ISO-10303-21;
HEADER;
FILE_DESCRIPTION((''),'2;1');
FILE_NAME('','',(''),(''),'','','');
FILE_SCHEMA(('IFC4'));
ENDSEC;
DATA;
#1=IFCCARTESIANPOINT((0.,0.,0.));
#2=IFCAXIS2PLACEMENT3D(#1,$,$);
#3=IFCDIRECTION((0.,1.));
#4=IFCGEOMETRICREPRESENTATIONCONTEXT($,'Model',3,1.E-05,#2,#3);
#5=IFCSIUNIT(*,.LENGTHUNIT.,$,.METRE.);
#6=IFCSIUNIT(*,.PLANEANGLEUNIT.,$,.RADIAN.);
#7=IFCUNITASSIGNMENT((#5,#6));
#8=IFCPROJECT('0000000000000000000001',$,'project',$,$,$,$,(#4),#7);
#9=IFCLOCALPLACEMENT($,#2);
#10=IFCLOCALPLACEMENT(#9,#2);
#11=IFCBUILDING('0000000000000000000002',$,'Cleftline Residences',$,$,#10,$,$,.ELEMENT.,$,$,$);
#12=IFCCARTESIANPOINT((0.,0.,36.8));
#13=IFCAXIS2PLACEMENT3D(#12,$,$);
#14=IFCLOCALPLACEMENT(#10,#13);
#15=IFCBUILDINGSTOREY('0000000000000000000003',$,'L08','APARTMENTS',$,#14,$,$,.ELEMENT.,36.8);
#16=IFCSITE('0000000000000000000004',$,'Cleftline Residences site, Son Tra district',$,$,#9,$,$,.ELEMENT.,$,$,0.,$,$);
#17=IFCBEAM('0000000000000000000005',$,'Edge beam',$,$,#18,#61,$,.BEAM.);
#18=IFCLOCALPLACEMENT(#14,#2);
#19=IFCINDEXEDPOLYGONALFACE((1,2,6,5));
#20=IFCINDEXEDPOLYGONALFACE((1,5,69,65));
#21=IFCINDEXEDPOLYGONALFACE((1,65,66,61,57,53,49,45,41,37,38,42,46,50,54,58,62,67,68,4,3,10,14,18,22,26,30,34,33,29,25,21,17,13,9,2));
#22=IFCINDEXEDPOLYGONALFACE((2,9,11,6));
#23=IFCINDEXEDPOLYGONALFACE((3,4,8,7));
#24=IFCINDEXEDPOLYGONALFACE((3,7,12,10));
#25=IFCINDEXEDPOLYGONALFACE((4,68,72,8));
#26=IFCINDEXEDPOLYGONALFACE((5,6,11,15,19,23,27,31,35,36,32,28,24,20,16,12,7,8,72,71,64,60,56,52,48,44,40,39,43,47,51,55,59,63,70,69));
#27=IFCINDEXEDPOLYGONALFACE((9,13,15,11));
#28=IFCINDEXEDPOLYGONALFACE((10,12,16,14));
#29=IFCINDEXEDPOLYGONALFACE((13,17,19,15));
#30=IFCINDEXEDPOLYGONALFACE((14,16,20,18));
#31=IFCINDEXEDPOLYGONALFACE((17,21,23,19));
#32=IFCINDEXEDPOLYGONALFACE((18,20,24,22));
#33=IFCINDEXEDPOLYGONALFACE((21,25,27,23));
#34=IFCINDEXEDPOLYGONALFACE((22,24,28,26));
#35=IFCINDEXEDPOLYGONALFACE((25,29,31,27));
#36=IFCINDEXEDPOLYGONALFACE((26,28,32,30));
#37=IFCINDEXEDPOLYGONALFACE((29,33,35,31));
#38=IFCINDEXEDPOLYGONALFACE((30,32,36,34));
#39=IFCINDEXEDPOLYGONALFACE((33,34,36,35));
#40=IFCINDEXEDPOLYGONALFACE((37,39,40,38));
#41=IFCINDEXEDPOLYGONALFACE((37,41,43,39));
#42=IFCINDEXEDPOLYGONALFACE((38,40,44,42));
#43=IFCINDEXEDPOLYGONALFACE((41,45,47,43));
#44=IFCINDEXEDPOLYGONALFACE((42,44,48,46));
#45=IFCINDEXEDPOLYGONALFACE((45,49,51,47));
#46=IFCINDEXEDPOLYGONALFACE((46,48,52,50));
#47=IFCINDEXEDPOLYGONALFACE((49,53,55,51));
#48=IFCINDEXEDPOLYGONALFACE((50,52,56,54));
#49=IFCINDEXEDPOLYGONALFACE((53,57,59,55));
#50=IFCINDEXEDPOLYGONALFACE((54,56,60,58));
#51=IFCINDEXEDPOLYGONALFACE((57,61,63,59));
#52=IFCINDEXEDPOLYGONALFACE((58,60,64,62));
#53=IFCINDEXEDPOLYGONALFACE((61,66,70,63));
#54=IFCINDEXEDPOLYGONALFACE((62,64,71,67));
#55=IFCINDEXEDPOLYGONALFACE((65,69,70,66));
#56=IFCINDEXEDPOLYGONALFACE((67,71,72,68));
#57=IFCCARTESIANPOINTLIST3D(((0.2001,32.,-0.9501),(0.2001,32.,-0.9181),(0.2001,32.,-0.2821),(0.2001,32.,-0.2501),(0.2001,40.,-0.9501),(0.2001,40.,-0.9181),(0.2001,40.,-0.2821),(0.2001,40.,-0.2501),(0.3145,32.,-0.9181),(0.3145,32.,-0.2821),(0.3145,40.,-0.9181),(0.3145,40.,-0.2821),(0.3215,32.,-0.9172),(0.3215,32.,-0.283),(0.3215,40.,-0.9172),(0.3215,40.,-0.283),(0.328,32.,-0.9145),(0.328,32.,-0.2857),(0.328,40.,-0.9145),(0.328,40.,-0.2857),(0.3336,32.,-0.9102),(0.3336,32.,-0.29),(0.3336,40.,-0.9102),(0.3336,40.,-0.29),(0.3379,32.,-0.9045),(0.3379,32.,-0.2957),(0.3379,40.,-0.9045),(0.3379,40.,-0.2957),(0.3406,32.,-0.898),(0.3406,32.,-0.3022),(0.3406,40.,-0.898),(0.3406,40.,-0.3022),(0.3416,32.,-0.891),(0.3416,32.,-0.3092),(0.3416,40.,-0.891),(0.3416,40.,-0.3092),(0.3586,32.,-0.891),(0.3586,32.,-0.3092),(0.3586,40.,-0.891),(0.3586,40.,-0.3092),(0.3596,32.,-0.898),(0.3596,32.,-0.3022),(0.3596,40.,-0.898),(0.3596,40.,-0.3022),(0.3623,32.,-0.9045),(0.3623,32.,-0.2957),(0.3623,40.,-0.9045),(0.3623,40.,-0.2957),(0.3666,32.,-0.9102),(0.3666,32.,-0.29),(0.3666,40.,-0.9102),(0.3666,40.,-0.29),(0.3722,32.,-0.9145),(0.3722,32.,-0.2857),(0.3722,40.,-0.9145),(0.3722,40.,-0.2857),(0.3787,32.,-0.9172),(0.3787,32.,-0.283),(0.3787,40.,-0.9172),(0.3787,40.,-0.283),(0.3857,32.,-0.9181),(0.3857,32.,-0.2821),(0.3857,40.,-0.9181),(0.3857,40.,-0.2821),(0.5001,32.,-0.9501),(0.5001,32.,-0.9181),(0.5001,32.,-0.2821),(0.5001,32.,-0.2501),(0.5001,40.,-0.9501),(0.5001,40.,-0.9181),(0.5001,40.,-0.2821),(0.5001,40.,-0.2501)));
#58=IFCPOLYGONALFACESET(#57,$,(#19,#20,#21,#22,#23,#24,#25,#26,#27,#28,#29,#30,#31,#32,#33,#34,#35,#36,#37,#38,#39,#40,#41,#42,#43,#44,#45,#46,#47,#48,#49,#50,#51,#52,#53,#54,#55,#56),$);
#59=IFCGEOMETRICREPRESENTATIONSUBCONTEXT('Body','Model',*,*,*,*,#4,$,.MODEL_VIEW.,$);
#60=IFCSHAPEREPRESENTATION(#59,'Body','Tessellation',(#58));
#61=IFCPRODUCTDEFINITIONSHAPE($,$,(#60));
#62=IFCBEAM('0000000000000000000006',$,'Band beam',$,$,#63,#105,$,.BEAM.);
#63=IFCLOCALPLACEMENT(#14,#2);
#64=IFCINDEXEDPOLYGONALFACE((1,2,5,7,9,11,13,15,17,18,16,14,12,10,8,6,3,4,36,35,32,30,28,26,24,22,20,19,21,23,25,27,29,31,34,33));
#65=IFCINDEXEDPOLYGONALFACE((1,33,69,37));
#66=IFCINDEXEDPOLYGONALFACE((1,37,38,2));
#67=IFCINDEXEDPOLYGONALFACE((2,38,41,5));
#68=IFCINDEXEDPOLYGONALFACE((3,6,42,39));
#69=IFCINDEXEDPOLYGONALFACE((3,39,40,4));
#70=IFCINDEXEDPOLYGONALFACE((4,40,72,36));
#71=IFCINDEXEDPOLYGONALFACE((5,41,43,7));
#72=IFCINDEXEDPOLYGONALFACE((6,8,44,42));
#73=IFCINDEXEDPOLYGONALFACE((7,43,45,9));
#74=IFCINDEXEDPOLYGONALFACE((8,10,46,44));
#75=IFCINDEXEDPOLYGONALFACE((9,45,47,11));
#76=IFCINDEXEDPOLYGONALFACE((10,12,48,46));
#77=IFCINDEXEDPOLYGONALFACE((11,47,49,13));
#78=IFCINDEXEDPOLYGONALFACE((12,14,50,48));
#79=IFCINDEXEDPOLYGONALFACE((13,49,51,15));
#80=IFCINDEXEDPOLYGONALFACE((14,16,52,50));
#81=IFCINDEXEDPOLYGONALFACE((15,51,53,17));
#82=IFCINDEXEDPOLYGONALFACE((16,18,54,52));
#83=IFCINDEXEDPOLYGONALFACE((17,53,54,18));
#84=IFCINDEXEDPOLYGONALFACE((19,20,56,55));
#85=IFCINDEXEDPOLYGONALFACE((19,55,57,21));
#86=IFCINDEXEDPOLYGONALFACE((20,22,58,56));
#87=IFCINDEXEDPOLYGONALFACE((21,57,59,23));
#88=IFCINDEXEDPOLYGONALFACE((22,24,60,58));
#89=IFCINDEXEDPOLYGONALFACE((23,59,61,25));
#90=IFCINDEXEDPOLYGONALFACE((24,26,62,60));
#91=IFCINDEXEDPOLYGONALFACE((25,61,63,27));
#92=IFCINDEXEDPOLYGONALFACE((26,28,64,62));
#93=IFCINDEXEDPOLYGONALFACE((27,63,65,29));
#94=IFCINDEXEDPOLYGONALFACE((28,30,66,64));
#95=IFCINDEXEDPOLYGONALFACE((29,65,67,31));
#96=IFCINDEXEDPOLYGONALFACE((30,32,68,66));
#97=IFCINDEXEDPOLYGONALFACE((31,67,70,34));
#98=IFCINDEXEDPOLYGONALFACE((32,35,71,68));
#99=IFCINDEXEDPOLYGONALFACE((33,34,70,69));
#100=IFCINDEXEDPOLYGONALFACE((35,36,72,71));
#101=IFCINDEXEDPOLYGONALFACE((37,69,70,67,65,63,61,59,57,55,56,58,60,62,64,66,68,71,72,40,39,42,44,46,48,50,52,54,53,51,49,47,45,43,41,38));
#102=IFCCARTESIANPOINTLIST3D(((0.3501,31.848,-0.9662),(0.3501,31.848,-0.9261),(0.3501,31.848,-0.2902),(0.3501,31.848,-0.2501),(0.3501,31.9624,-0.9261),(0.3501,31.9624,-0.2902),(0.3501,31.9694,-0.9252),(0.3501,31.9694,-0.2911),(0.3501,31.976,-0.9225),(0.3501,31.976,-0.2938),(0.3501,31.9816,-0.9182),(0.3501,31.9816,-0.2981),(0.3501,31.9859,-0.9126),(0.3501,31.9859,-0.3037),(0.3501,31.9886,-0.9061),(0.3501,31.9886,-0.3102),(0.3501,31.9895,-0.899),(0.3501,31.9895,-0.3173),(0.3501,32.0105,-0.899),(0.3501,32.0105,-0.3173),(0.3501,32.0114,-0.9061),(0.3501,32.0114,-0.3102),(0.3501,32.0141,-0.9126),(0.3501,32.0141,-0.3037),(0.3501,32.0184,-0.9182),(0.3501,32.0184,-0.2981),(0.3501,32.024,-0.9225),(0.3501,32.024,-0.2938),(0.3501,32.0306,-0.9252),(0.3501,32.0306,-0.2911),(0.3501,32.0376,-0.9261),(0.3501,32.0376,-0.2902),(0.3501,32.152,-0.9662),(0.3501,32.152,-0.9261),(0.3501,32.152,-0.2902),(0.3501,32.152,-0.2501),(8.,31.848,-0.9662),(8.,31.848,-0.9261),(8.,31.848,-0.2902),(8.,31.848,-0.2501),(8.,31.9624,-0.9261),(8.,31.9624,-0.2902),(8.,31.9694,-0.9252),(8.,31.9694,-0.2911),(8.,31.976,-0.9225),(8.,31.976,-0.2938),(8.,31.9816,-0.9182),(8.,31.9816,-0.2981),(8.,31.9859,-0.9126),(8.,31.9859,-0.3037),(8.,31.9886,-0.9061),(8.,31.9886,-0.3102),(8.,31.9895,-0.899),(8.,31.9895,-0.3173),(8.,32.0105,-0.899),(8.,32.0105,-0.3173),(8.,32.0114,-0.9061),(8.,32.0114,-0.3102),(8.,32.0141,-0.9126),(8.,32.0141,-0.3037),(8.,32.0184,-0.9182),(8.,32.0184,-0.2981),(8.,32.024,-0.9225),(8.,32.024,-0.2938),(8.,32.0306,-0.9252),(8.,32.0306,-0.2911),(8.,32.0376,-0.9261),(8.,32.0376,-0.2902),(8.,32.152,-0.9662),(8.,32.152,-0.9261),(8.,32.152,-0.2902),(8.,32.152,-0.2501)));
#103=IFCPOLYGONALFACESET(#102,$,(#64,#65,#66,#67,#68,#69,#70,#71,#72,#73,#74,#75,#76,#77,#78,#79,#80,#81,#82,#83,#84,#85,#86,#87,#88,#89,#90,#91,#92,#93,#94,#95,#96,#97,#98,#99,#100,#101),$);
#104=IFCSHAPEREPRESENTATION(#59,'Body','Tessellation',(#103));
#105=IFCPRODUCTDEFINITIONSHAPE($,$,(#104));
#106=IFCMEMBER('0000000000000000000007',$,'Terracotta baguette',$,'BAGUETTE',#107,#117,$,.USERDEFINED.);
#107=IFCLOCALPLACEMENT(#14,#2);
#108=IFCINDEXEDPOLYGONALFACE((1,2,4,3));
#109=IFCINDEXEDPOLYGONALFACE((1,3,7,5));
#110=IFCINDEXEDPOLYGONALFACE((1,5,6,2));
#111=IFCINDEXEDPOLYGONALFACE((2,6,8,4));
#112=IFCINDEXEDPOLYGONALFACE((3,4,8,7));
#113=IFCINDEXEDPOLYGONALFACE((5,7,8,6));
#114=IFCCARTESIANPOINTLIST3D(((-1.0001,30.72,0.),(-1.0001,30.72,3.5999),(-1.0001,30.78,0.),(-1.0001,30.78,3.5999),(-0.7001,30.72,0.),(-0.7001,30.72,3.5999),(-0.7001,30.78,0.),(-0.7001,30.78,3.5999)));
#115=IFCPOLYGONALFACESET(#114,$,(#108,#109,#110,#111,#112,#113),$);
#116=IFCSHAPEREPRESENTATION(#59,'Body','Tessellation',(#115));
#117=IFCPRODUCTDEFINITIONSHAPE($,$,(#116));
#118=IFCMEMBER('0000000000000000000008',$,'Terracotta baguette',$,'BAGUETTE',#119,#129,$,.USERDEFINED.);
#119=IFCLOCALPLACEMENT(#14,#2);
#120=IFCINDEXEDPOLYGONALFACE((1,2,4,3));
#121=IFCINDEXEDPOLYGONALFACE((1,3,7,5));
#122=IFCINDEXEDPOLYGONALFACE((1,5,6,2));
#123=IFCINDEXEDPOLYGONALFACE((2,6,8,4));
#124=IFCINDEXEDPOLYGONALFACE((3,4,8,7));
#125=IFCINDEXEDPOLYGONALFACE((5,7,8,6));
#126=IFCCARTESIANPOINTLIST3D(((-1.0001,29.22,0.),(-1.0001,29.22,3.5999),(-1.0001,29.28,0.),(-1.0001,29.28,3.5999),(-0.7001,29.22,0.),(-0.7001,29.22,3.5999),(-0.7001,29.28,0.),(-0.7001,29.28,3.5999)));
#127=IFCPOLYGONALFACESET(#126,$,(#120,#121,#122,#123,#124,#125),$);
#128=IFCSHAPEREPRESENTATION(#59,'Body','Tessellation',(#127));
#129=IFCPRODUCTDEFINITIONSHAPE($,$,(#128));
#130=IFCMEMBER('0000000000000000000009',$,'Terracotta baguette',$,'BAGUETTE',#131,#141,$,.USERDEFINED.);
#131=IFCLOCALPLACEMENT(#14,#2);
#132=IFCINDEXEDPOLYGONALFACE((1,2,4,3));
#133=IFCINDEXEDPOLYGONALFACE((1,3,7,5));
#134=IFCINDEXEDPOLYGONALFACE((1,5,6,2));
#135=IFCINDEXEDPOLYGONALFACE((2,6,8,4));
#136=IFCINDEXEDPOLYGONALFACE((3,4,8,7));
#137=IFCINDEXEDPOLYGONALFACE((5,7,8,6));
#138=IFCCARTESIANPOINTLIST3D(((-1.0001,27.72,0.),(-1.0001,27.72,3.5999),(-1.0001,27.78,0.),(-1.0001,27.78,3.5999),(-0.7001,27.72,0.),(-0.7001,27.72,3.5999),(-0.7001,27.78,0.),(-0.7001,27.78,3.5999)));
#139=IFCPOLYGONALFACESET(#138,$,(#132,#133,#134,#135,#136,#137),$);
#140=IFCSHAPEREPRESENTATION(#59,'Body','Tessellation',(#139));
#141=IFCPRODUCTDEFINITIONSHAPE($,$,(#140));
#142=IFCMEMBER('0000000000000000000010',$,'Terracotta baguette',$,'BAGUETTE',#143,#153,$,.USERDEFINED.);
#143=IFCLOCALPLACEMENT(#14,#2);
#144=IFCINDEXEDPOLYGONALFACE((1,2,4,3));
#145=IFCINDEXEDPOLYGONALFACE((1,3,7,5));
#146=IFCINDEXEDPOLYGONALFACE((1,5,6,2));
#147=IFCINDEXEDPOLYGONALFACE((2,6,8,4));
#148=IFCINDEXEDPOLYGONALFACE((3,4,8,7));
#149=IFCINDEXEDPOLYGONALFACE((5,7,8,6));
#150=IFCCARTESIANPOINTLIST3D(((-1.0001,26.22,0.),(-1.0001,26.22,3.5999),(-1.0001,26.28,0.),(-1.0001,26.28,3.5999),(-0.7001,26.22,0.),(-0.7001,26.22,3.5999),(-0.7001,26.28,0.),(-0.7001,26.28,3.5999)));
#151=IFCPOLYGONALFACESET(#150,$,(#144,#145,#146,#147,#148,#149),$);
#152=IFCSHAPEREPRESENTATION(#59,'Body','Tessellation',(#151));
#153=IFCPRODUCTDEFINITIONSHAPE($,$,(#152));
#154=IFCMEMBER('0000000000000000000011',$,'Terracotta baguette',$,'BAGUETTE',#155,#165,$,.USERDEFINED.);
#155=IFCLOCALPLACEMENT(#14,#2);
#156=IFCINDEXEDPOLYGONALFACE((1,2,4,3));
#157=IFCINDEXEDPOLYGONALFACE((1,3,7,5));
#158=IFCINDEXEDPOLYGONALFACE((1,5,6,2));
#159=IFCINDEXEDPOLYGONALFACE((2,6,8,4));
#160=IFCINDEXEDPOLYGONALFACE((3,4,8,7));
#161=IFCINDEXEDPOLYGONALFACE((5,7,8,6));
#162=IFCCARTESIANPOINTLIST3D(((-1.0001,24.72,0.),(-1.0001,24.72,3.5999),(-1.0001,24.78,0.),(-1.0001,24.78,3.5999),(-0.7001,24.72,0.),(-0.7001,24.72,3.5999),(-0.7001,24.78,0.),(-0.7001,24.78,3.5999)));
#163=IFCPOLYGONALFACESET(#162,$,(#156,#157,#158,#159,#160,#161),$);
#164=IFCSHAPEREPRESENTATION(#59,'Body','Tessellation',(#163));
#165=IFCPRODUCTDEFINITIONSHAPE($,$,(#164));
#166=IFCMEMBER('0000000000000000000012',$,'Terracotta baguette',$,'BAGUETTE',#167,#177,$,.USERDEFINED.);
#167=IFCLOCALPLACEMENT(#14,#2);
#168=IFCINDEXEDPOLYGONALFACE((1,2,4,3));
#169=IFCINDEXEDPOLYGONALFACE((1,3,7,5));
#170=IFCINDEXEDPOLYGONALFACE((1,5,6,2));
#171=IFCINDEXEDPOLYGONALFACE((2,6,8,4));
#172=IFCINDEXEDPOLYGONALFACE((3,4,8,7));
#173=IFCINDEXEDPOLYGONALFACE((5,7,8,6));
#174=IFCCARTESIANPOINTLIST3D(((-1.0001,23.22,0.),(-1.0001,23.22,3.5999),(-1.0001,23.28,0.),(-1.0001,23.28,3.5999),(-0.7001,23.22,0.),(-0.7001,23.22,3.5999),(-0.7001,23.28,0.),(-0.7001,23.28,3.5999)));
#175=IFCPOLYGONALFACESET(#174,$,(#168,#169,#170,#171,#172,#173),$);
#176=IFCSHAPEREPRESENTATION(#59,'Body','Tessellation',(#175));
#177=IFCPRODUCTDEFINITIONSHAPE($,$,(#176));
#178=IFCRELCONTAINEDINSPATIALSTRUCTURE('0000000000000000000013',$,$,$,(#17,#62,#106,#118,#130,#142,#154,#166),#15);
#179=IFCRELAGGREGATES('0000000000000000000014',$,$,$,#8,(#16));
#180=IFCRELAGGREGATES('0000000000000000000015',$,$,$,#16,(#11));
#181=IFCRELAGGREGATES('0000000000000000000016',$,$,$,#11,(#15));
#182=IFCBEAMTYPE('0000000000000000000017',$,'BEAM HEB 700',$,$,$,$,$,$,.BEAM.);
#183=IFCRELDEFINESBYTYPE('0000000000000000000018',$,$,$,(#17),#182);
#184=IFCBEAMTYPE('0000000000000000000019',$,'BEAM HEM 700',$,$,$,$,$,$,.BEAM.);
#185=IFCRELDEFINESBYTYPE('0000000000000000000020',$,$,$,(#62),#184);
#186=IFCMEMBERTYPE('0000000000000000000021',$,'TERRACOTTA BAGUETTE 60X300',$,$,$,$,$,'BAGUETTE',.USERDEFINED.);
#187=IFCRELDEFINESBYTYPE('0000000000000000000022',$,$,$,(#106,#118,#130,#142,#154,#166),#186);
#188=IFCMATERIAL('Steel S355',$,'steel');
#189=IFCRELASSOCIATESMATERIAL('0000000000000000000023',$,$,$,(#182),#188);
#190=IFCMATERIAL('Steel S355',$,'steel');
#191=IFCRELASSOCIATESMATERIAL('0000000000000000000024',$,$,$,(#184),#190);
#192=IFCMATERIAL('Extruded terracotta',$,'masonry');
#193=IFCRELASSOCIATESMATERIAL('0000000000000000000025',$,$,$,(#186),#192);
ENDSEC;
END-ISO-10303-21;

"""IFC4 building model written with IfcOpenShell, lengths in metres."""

from ifc_helpers import new_model, si_unit, direction, frame, origin, origin_2d, place, context, subcontext, project, spatial, rectangle, i_section, extrude, material, material_profile, profile_set, type_object, element, save


model = new_model("IFC4")

# Units and contexts
model_context = context("Model", 3, precision=1e-05, world=origin(), true_north=direction((0.0, 1.0)))
body_context = subcontext(model_context, "Body", "Model", "MODEL_VIEW")
ifc_project = project(units=[si_unit("LENGTHUNIT", "METRE"), si_unit("PLANEANGLEUNIT", "RADIAN")], contexts=[model_context])

# Site, building, storey
site_placement = place(None, origin())
site = spatial("IfcSite", under=ifc_project, at=site_placement, Name="Cleftline Residences site, Son Tra district", CompositionType="ELEMENT", RefElevation=0.0)
building_placement = place(site_placement, origin())
building = spatial("IfcBuilding", under=site, at=building_placement, Name="Cleftline Residences", CompositionType="ELEMENT")
storey_placement = place(building_placement, frame((0.0, 0.0, 36.8)))
storey = spatial("IfcBuildingStorey", under=building, at=storey_placement, Name="L08", Description="APARTMENTS", CompositionType="ELEMENT", Elevation=36.8)

# Beams
ifc_material_1 = material(Name="Steel S355", Category="steel")
ifc_material_profile_1 = material_profile(ifc_material_1, i_section(OverallWidth=0.3, OverallDepth=0.7, WebThickness=0.0171, FlangeThickness=0.032, FilletRadius=0.0271, at=origin_2d()))
ifc_profile_set_1 = profile_set([ifc_material_profile_1], Name="Steel S355")
beam_type_1 = type_object("IfcBeamType", Name="BEAM HEB 700", PredefinedType="BEAM", material=ifc_profile_set_1)
for number, where, z_axis, x_axis, name in (
    (1, (0.3501, 32.0, -0.6001), (0.0, 1.0, 0.0), (-1.0, 0.0, 0.0), "Edge beam"),
):
    element("IfcBeam", number, at=place(storey_placement, frame(where, z_axis=z_axis, x_axis=x_axis)), inside=storey, type_object=beam_type_1, Name=name, PredefinedType="BEAM", context=body_context, shape_type="SweptSolid", body=[
        extrude(i_section(OverallWidth=0.3, OverallDepth=0.7, WebThickness=0.0171, FlangeThickness=0.032, FilletRadius=0.0271, at=origin_2d()), origin(), (0.0, 0.0, 1.0), 8.0),
    ])
ifc_material_2 = material(Name="Steel S355", Category="steel")
ifc_material_profile_2 = material_profile(ifc_material_2, i_section(OverallWidth=0.304, OverallDepth=0.7161, WebThickness=0.021, FlangeThickness=0.04, FilletRadius=0.0271, at=origin_2d()))
ifc_profile_set_2 = profile_set([ifc_material_profile_2], Name="Steel S355")
beam_type_2 = type_object("IfcBeamType", Name="BEAM HEM 700", PredefinedType="BEAM", material=ifc_profile_set_2)
beam_placement = place(storey_placement, frame((0.3501, 32.0, -0.6082), z_axis=(1.0, 0.0, 0.0), x_axis=(0.0, 1.0, 0.0)))
element("IfcBeam", 2, at=beam_placement, inside=storey, type_object=beam_type_2, Name="Band beam", PredefinedType="BEAM", context=body_context, shape_type="SweptSolid", body=[
    extrude(i_section(OverallWidth=0.304, OverallDepth=0.7161, WebThickness=0.021, FlangeThickness=0.04, FilletRadius=0.0271, at=origin_2d()), origin(), (0.0, 0.0, 1.0), 7.6499),
])

# Members
ifc_material_3 = material(Name="Extruded terracotta", Category="masonry")
ifc_material_profile_3 = material_profile(ifc_material_3, rectangle(XDim=0.0601, YDim=0.3, at=origin_2d()))
ifc_profile_set_3 = profile_set([ifc_material_profile_3], Name="Extruded terracotta")
member_type_1 = type_object("IfcMemberType", Name="TERRACOTTA BAGUETTE 60X300", ElementType="BAGUETTE", PredefinedType="USERDEFINED", material=ifc_profile_set_3)
for number, where, z_axis, x_axis, name in (
    (3, (-0.8501, 30.75, 0.0), (0.0, 0.0, 1.0), (0.0, 1.0, 0.0), "Terracotta baguette"),
    (4, (-0.8501, 29.25, 0.0), (0.0, 0.0, 1.0), (0.0, 1.0, 0.0), "Terracotta baguette"),
    (5, (-0.8501, 27.75, 0.0), (0.0, 0.0, 1.0), (0.0, 1.0, 0.0), "Terracotta baguette"),
    (6, (-0.8501, 26.25, 0.0), (0.0, 0.0, 1.0), (0.0, 1.0, 0.0), "Terracotta baguette"),
    (7, (-0.8501, 24.75, 0.0), (0.0, 0.0, 1.0), (0.0, 1.0, 0.0), "Terracotta baguette"),
    (8, (-0.8501, 23.25, 0.0), (0.0, 0.0, 1.0), (0.0, 1.0, 0.0), "Terracotta baguette"),
):
    element("IfcMember", number, at=place(storey_placement, frame(where, z_axis=z_axis, x_axis=x_axis)), inside=storey, type_object=member_type_1, Name=name, ObjectType="BAGUETTE", PredefinedType="USERDEFINED", context=body_context, shape_type="SweptSolid", body=[
        extrude(rectangle(XDim=0.0601, YDim=0.3, at=origin_2d()), origin(), (0.0, 0.0, 1.0), 3.5999),
    ])

save(model, "model.ifc")
